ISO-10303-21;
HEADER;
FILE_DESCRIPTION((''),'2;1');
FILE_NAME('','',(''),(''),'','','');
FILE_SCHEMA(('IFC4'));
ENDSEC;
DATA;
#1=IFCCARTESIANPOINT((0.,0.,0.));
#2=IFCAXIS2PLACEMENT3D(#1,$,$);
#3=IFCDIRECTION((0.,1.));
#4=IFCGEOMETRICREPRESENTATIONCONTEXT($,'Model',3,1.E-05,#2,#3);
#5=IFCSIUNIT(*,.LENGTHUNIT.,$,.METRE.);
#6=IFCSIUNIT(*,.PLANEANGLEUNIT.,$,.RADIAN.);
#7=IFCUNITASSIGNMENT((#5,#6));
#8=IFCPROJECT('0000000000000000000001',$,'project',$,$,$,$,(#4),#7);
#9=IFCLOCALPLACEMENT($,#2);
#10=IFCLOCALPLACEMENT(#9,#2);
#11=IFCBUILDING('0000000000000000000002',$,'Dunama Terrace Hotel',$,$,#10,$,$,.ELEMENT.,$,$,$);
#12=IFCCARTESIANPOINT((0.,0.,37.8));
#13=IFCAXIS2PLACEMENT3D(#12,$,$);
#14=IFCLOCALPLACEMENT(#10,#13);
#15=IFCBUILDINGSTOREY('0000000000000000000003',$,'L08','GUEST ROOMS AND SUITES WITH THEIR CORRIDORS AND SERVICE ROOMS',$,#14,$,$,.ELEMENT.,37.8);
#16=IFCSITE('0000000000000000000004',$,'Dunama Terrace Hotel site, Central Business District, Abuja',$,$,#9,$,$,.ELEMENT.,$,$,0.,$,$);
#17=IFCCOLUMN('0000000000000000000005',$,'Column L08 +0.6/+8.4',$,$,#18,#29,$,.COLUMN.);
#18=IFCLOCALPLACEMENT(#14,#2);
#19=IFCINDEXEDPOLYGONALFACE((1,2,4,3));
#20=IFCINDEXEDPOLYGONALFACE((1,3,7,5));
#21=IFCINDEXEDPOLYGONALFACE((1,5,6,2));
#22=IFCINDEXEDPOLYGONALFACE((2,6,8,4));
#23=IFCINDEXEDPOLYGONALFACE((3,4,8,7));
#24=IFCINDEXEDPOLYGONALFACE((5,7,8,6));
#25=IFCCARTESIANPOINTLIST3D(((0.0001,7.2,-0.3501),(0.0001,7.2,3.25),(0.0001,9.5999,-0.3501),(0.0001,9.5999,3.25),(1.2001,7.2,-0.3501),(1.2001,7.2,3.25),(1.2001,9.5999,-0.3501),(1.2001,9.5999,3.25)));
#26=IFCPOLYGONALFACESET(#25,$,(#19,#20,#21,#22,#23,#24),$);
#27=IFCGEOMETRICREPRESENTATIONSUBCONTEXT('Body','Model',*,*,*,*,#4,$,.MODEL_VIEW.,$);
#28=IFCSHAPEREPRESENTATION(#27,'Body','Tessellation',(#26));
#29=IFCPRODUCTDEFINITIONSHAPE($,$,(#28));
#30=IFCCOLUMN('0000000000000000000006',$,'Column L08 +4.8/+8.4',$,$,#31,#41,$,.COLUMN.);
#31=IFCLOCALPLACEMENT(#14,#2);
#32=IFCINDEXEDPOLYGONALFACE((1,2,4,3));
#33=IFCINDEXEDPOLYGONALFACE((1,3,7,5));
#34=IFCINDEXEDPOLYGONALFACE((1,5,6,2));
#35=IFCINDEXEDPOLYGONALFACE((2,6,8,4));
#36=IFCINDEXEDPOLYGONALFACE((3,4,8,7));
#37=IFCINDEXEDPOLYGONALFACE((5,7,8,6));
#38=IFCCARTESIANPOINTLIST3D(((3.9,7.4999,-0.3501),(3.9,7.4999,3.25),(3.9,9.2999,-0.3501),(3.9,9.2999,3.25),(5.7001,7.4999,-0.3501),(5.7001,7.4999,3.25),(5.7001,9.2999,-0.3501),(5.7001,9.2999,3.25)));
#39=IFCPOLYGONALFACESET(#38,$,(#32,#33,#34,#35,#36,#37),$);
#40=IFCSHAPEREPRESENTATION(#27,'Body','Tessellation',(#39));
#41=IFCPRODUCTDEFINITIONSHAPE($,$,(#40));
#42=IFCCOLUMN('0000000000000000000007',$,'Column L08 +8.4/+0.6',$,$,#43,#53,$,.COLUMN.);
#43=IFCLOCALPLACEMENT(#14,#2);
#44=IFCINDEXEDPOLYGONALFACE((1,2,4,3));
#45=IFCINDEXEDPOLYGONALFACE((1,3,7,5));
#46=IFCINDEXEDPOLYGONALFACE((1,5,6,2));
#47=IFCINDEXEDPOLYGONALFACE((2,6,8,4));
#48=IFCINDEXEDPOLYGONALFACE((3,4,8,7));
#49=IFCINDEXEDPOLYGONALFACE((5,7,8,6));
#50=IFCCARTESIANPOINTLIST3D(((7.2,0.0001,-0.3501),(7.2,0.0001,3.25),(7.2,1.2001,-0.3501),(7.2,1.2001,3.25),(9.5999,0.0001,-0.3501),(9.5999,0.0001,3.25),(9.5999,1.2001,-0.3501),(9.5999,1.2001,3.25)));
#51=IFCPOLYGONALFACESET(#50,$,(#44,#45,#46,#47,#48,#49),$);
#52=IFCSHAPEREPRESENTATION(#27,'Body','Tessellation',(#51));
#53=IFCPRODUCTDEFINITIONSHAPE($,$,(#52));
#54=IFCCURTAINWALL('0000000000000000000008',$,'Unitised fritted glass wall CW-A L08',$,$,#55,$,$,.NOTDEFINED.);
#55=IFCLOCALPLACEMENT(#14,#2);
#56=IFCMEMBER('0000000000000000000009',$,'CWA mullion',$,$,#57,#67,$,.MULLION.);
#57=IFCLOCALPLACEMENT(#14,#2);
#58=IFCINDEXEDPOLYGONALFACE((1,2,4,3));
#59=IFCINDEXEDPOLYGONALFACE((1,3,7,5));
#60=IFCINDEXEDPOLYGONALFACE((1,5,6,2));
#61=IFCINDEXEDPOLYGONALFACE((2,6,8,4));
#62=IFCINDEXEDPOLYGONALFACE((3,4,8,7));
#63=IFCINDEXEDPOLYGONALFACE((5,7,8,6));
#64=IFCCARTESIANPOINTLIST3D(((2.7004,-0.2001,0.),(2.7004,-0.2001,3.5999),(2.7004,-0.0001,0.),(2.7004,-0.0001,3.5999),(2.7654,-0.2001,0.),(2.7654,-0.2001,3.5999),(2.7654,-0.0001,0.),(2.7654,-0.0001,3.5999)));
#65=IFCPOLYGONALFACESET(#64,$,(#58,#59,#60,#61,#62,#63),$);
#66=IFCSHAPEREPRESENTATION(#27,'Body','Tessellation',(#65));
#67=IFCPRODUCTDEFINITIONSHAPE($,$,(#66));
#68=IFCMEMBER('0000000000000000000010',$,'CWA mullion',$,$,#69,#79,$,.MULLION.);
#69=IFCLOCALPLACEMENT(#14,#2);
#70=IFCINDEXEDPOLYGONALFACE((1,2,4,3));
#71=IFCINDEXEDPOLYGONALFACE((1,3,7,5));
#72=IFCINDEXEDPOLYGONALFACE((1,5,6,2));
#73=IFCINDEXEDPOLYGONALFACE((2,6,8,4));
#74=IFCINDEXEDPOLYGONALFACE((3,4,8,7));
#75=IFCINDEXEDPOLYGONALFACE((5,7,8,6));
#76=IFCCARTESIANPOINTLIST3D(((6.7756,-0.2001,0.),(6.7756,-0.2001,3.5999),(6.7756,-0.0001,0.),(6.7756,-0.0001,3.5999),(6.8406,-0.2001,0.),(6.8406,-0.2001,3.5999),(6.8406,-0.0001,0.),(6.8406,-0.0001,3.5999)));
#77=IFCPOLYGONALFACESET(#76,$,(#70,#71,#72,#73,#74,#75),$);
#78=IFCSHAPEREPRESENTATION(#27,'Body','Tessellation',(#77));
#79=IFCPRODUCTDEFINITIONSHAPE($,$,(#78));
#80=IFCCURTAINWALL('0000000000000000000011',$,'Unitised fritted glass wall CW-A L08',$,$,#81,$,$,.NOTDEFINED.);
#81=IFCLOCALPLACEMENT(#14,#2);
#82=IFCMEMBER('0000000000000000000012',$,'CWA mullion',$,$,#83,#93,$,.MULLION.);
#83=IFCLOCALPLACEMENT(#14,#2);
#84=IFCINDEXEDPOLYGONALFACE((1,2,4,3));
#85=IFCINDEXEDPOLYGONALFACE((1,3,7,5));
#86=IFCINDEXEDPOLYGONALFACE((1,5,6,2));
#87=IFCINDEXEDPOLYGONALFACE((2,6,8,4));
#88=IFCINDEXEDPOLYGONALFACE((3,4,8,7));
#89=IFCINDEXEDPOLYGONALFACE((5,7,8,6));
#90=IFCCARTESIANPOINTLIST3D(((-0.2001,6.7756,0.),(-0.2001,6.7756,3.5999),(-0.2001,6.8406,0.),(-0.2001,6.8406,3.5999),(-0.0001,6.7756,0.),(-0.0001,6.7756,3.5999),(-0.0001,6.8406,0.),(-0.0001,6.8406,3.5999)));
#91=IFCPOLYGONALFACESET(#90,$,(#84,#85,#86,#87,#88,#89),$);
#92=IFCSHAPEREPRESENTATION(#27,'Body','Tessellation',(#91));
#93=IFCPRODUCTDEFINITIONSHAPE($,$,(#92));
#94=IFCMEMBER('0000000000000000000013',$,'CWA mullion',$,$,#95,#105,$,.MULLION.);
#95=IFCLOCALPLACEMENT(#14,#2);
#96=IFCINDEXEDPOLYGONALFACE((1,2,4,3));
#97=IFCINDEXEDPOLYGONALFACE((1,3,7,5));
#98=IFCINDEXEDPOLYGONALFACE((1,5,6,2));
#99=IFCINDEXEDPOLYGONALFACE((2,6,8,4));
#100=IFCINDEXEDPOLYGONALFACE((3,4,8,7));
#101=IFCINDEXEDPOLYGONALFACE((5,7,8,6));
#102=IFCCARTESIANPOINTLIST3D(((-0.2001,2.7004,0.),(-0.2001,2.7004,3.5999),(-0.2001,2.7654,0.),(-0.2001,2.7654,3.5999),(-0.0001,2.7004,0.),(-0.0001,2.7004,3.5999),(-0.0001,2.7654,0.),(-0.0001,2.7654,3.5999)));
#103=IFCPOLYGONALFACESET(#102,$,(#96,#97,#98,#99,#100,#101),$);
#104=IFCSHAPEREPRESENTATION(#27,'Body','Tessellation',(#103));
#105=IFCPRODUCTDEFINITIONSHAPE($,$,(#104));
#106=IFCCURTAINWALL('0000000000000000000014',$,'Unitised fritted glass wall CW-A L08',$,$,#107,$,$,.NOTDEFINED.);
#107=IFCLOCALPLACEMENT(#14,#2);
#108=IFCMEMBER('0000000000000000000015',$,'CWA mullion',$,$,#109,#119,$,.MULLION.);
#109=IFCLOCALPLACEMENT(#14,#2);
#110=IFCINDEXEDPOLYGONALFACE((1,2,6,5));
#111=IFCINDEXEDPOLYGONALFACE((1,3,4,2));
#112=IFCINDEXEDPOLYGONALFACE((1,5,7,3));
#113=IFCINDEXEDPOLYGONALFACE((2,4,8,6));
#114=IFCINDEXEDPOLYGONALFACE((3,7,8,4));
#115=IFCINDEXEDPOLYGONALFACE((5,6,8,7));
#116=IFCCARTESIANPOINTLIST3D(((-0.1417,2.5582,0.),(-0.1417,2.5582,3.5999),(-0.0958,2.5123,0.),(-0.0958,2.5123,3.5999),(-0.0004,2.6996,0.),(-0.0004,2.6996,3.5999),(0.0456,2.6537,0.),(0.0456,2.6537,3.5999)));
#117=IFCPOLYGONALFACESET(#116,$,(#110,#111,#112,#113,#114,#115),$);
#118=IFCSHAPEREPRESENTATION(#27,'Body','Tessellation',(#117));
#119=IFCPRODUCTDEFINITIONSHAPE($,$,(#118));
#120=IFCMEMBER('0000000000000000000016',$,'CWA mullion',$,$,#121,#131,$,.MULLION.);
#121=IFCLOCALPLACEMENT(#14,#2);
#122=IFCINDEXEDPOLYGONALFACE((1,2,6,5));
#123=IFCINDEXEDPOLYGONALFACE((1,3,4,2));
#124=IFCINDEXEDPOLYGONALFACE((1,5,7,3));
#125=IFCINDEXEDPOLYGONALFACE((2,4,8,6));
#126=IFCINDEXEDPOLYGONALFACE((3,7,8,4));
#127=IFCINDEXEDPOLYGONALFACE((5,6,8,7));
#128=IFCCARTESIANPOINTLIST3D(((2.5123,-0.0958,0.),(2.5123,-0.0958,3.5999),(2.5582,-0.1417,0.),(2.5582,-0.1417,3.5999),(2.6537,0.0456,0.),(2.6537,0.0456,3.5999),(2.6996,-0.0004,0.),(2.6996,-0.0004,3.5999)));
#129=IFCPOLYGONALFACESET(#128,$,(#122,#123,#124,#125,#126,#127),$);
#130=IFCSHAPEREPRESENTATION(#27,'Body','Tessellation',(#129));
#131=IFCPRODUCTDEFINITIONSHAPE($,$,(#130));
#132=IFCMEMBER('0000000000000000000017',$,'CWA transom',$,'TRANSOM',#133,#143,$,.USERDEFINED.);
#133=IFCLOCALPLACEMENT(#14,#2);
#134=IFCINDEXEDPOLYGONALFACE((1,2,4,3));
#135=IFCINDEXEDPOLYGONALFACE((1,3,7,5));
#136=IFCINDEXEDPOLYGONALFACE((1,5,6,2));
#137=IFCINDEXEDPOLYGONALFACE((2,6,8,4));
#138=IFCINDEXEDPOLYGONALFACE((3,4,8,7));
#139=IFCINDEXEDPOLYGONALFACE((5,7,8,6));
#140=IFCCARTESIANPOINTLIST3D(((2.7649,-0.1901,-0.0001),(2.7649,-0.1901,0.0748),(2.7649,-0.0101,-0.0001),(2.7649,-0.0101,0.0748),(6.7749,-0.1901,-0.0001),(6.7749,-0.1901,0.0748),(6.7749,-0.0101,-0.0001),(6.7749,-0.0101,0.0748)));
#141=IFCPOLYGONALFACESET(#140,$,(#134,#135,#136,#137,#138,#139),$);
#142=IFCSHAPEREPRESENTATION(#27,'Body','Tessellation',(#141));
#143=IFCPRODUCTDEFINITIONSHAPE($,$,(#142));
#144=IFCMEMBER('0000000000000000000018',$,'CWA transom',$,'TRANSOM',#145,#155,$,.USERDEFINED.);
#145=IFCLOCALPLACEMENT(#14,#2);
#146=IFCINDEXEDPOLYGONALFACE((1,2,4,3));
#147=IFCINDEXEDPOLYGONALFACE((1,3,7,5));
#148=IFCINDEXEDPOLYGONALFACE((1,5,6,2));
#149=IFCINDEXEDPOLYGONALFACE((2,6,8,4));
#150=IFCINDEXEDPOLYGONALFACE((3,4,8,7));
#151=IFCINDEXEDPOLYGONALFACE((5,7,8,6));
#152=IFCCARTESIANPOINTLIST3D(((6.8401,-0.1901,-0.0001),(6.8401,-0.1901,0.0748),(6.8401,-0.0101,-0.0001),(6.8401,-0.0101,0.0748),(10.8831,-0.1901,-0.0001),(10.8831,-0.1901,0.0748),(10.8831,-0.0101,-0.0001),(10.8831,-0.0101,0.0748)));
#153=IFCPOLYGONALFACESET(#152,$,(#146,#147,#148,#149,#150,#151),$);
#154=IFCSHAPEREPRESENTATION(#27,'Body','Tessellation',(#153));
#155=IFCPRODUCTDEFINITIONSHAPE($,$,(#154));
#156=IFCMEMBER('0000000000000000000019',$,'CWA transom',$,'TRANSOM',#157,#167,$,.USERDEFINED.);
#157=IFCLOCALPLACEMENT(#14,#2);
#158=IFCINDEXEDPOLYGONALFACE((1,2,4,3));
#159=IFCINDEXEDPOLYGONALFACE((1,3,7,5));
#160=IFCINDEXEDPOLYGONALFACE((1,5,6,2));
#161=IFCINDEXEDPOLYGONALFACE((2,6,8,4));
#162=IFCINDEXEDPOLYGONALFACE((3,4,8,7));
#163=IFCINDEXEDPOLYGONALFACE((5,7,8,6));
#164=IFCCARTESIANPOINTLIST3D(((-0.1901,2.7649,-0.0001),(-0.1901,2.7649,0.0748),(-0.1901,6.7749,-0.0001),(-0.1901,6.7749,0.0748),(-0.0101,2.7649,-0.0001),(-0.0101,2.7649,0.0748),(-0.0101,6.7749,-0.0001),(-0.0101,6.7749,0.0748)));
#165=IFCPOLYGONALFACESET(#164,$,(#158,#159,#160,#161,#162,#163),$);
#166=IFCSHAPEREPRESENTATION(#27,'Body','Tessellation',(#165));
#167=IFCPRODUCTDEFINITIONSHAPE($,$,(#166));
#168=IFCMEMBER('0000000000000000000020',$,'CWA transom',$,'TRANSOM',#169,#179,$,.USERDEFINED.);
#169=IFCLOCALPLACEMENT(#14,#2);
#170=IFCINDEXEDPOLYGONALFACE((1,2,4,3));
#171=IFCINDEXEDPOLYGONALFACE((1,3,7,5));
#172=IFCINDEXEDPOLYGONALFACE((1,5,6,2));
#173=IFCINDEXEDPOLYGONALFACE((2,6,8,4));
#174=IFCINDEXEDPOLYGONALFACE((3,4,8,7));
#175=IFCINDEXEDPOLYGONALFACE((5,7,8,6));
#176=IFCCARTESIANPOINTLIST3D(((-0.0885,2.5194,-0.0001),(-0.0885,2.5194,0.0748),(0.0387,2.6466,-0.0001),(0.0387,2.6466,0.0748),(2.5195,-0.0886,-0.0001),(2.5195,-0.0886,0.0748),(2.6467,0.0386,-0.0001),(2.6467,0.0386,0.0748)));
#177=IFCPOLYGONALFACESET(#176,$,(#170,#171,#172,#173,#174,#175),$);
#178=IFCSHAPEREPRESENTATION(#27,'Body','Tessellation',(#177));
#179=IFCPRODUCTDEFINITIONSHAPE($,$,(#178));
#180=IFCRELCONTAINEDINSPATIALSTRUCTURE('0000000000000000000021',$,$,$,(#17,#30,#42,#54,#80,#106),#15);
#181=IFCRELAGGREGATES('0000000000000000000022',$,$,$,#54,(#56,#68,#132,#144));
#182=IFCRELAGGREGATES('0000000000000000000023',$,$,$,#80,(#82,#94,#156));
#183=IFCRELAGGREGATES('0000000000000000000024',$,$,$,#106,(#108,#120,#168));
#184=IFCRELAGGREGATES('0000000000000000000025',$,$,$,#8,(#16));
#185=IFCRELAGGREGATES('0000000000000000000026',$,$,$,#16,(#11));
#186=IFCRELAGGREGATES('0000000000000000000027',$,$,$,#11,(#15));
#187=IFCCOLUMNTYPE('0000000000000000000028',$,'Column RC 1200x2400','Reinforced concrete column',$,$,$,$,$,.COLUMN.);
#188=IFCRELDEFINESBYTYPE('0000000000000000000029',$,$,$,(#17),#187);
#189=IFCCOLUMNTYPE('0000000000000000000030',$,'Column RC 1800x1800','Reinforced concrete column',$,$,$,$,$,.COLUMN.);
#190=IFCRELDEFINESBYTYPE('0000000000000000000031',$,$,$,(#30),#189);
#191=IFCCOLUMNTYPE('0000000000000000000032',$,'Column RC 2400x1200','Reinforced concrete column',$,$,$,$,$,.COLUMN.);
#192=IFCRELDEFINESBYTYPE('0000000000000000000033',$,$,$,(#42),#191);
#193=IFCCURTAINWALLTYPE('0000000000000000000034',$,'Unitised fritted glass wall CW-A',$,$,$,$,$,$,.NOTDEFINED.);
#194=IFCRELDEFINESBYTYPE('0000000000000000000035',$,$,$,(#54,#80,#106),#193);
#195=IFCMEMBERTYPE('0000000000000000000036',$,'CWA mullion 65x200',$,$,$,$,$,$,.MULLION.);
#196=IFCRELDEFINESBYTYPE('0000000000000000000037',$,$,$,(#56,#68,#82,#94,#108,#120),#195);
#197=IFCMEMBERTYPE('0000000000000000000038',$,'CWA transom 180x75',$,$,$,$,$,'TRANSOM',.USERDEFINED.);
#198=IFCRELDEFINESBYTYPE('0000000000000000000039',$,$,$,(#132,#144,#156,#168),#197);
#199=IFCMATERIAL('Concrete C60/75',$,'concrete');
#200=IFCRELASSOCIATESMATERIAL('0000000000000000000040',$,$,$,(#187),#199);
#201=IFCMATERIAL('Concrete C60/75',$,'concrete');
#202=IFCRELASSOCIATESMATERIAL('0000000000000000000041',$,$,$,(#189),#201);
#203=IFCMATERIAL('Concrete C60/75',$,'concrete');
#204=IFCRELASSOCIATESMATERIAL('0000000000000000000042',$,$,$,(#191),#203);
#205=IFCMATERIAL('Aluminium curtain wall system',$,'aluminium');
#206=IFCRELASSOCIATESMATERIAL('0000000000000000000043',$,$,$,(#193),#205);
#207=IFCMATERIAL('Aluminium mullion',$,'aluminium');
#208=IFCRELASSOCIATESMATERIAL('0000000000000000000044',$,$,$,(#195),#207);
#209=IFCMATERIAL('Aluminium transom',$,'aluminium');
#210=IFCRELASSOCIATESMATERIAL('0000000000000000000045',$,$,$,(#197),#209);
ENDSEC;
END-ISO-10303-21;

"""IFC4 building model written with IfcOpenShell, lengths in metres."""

from ifc_helpers import new_model, si_unit, direction, frame, origin, origin_2d, place, context, subcontext, project, spatial, rectangle, extrude, material, material_profile, profile_set, type_object, element, aggregate, save


model = new_model("IFC4")

# Units and contexts
model_context = context("Model", 3, precision=1e-05, world=origin(), true_north=direction((0.0, 1.0)))
body_context = subcontext(model_context, "Body", "Model", "MODEL_VIEW")
ifc_project = project(units=[si_unit("LENGTHUNIT", "METRE"), si_unit("PLANEANGLEUNIT", "RADIAN")], contexts=[model_context])

# Site, building, storey
site_placement = place(None, origin())
site = spatial("IfcSite", under=ifc_project, at=site_placement, Name="Dunama Terrace Hotel site, Central Business District, Abuja", CompositionType="ELEMENT", RefElevation=0.0)
building_placement = place(site_placement, origin())
building = spatial("IfcBuilding", under=site, at=building_placement, Name="Dunama Terrace Hotel", CompositionType="ELEMENT")
storey_placement = place(building_placement, frame((0.0, 0.0, 37.8)))
storey = spatial("IfcBuildingStorey", under=building, at=storey_placement, Name="L08", Description="GUEST ROOMS AND SUITES WITH THEIR CORRIDORS AND SERVICE ROOMS", CompositionType="ELEMENT", Elevation=37.8)

# Columns
ifc_material_1 = material(Name="Concrete C60/75", Category="concrete")
ifc_material_profile_1 = material_profile(ifc_material_1, rectangle(XDim=1.2, YDim=2.3999, at=origin_2d()), Name="RC 1200x2400")
ifc_profile_set_1 = profile_set([ifc_material_profile_1], Name="Concrete C60/75")
column_type_1 = type_object("IfcColumnType", Name="Column RC 1200x2400", Description="Reinforced concrete column", PredefinedType="COLUMN", material=ifc_profile_set_1)
column_1_placement = place(storey_placement, frame((0.6001, 8.3999, -0.3501), z_axis=(0.0, 0.0, 1.0), x_axis=(1.0, 0.0, 0.0)))
element("IfcColumn", 1, at=column_1_placement, inside=storey, type_object=column_type_1, Name="Column L08 +0.6/+8.4", PredefinedType="COLUMN", context=body_context, shape_type="SweptSolid", body=[
    extrude(rectangle(XDim=1.2, YDim=2.3999, at=origin_2d()), origin(), (0.0, 0.0, 1.0), 3.6001),
])
ifc_material_2 = material(Name="Concrete C60/75", Category="concrete")
ifc_material_profile_2 = material_profile(ifc_material_2, rectangle(XDim=1.8, YDim=1.8, at=origin_2d()), Name="RC 1800x1800")
ifc_profile_set_2 = profile_set([ifc_material_profile_2], Name="Concrete C60/75")
column_type_2 = type_object("IfcColumnType", Name="Column RC 1800x1800", Description="Reinforced concrete column", PredefinedType="COLUMN", material=ifc_profile_set_2)
column_2_placement = place(storey_placement, frame((4.8, 8.3999, -0.3501), z_axis=(0.0, 0.0, 1.0), x_axis=(1.0, 0.0, 0.0)))
element("IfcColumn", 2, at=column_2_placement, inside=storey, type_object=column_type_2, Name="Column L08 +4.8/+8.4", PredefinedType="COLUMN", context=body_context, shape_type="SweptSolid", body=[
    extrude(rectangle(XDim=1.8, YDim=1.8, at=origin_2d()), origin(), (0.0, 0.0, 1.0), 3.6001),
])
ifc_material_3 = material(Name="Concrete C60/75", Category="concrete")
ifc_material_profile_3 = material_profile(ifc_material_3, rectangle(XDim=2.3999, YDim=1.2, at=origin_2d()), Name="RC 2400x1200")
ifc_profile_set_3 = profile_set([ifc_material_profile_3], Name="Concrete C60/75")
column_type_3 = type_object("IfcColumnType", Name="Column RC 2400x1200", Description="Reinforced concrete column", PredefinedType="COLUMN", material=ifc_profile_set_3)
column_3_placement = place(storey_placement, frame((8.3999, 0.6001, -0.3501), z_axis=(0.0, 0.0, 1.0), x_axis=(1.0, 0.0, 0.0)))
element("IfcColumn", 3, at=column_3_placement, inside=storey, type_object=column_type_3, Name="Column L08 +8.4/+0.6", PredefinedType="COLUMN", context=body_context, shape_type="SweptSolid", body=[
    extrude(rectangle(XDim=2.3999, YDim=1.2, at=origin_2d()), origin(), (0.0, 0.0, 1.0), 3.6001),
])

# Curtain walls, members
ifc_material_4 = material(Name="Aluminium curtain wall system", Category="aluminium")
curtain_wall_type = type_object("IfcCurtainWallType", Name="Unitised fritted glass wall CW-A", PredefinedType="NOTDEFINED", material=ifc_material_4)
curtain_wall_1_placement = place(storey_placement, origin())
curtain_wall_1 = element("IfcCurtainWall", 4, at=curtain_wall_1_placement, inside=storey, type_object=curtain_wall_type, Name="Unitised fritted glass wall CW-A L08", PredefinedType="NOTDEFINED")
ifc_material_5 = material(Name="Aluminium mullion", Category="aluminium")
ifc_material_profile_4 = material_profile(ifc_material_5, rectangle(XDim=0.0649, YDim=0.2, at=origin_2d()), Name="CWA MULLION 65X200")
ifc_profile_set_4 = profile_set([ifc_material_profile_4], Name="Aluminium mullion")
member_type_1 = type_object("IfcMemberType", Name="CWA mullion 65x200", PredefinedType="MULLION", material=ifc_profile_set_4)
member_1_placement = place(storey_placement, frame((2.7329, -0.1001, 0.0), z_axis=(0.0, 0.0, 1.0), x_axis=(1.0, 0.0, 0.0)))
member_1 = element("IfcMember", 5, at=member_1_placement, type_object=member_type_1, Name="CWA mullion", PredefinedType="MULLION", context=body_context, shape_type="SweptSolid", body=[
    extrude(rectangle(XDim=0.0649, YDim=0.2, at=origin_2d()), origin(), (0.0, 0.0, 1.0), 3.5999),
])
member_2_placement = place(storey_placement, frame((6.8081, -0.1001, 0.0), z_axis=(0.0, 0.0, 1.0), x_axis=(1.0, 0.0, 0.0)))
member_2 = element("IfcMember", 6, at=member_2_placement, type_object=member_type_1, Name="CWA mullion", PredefinedType="MULLION", context=body_context, shape_type="SweptSolid", body=[
    extrude(rectangle(XDim=0.0649, YDim=0.2, at=origin_2d()), origin(), (0.0, 0.0, 1.0), 3.5999),
])
curtain_wall_2_placement = place(storey_placement, origin())
curtain_wall_2 = element("IfcCurtainWall", 7, at=curtain_wall_2_placement, inside=storey, type_object=curtain_wall_type, Name="Unitised fritted glass wall CW-A L08", PredefinedType="NOTDEFINED")
member_3_placement = place(storey_placement, frame((-0.1001, 6.8081, 0.0), z_axis=(0.0, 0.0, 1.0), x_axis=(0.0, -1.0, 0.0)))
member_3 = element("IfcMember", 8, at=member_3_placement, type_object=member_type_1, Name="CWA mullion", PredefinedType="MULLION", context=body_context, shape_type="SweptSolid", body=[
    extrude(rectangle(XDim=0.0649, YDim=0.2, at=origin_2d()), origin(), (0.0, 0.0, 1.0), 3.5999),
])
member_4_placement = place(storey_placement, frame((-0.1001, 2.7329, 0.0), z_axis=(0.0, 0.0, 1.0), x_axis=(0.0, -1.0, 0.0)))
member_4 = element("IfcMember", 9, at=member_4_placement, type_object=member_type_1, Name="CWA mullion", PredefinedType="MULLION", context=body_context, shape_type="SweptSolid", body=[
    extrude(rectangle(XDim=0.0649, YDim=0.2, at=origin_2d()), origin(), (0.0, 0.0, 1.0), 3.5999),
])
curtain_wall_3_placement = place(storey_placement, origin())
curtain_wall_3 = element("IfcCurtainWall", 10, at=curtain_wall_3_placement, inside=storey, type_object=curtain_wall_type, Name="Unitised fritted glass wall CW-A L08", PredefinedType="NOTDEFINED")
member_5_placement = place(storey_placement, frame((-0.0481, 2.606, 0.0), z_axis=(0.0, 0.0, 1.0), x_axis=(0.707107, -0.707107, 0.0)))
member_5 = element("IfcMember", 11, at=member_5_placement, type_object=member_type_1, Name="CWA mullion", PredefinedType="MULLION", context=body_context, shape_type="SweptSolid", body=[
    extrude(rectangle(XDim=0.0649, YDim=0.2, at=origin_2d()), origin(), (0.0, 0.0, 1.0), 3.5999),
])
member_6_placement = place(storey_placement, frame((2.606, -0.0481, 0.0), z_axis=(0.0, 0.0, 1.0), x_axis=(0.707107, -0.707107, 0.0)))
member_6 = element("IfcMember", 12, at=member_6_placement, type_object=member_type_1, Name="CWA mullion", PredefinedType="MULLION", context=body_context, shape_type="SweptSolid", body=[
    extrude(rectangle(XDim=0.0649, YDim=0.2, at=origin_2d()), origin(), (0.0, 0.0, 1.0), 3.5999),
])

# Members
ifc_material_6 = material(Name="Aluminium transom", Category="aluminium")
ifc_material_profile_5 = material_profile(ifc_material_6, rectangle(XDim=0.1799, YDim=0.075, at=origin_2d()), Name="CWA TRANSOM 180X75")
ifc_profile_set_5 = profile_set([ifc_material_profile_5], Name="Aluminium transom")
member_type_2 = type_object("IfcMemberType", Name="CWA transom 180x75", ElementType="TRANSOM", PredefinedType="USERDEFINED", material=ifc_profile_set_5)
member_7_placement = place(storey_placement, frame((2.7649, -0.1001, 0.0374), z_axis=(1.0, 0.0, 0.0), x_axis=(0.0, 1.0, 0.0)))
member_7 = element("IfcMember", 13, at=member_7_placement, type_object=member_type_2, Name="CWA transom", ObjectType="TRANSOM", PredefinedType="USERDEFINED", context=body_context, shape_type="SweptSolid", body=[
    extrude(rectangle(XDim=0.1799, YDim=0.075, at=origin_2d()), origin(), (0.0, 0.0, 1.0), 4.01),
])
member_8_placement = place(storey_placement, frame((6.8401, -0.1001, 0.0374), z_axis=(1.0, 0.0, 0.0), x_axis=(0.0, 1.0, 0.0)))
member_8 = element("IfcMember", 14, at=member_8_placement, type_object=member_type_2, Name="CWA transom", ObjectType="TRANSOM", PredefinedType="USERDEFINED", context=body_context, shape_type="SweptSolid", body=[
    extrude(rectangle(XDim=0.1799, YDim=0.075, at=origin_2d()), origin(), (0.0, 0.0, 1.0), 4.043),
])
member_9_placement = place(storey_placement, frame((-0.1001, 6.7749, 0.0374), z_axis=(0.0, -1.0, 0.0), x_axis=(1.0, 0.0, 0.0)))
member_9 = element("IfcMember", 15, at=member_9_placement, type_object=member_type_2, Name="CWA transom", ObjectType="TRANSOM", PredefinedType="USERDEFINED", context=body_context, shape_type="SweptSolid", body=[
    extrude(rectangle(XDim=0.1799, YDim=0.075, at=origin_2d()), origin(), (0.0, 0.0, 1.0), 4.01),
])
member_10_placement = place(storey_placement, frame((-0.0249, 2.583, 0.0374), z_axis=(0.707107, -0.707107, 0.0), x_axis=(0.707107, 0.707107, 0.0)))
member_10 = element("IfcMember", 16, at=member_10_placement, type_object=member_type_2, Name="CWA transom", ObjectType="TRANSOM", PredefinedType="USERDEFINED", context=body_context, shape_type="SweptSolid", body=[
    extrude(rectangle(XDim=0.1799, YDim=0.075, at=origin_2d()), origin(), (0.0, 0.0, 1.0), 3.6882),
])

aggregate(curtain_wall_1, [member_1, member_2, member_7, member_8])
aggregate(curtain_wall_2, [member_3, member_4, member_9])
aggregate(curtain_wall_3, [member_5, member_6, member_10])

save(model, "model.ifc")
